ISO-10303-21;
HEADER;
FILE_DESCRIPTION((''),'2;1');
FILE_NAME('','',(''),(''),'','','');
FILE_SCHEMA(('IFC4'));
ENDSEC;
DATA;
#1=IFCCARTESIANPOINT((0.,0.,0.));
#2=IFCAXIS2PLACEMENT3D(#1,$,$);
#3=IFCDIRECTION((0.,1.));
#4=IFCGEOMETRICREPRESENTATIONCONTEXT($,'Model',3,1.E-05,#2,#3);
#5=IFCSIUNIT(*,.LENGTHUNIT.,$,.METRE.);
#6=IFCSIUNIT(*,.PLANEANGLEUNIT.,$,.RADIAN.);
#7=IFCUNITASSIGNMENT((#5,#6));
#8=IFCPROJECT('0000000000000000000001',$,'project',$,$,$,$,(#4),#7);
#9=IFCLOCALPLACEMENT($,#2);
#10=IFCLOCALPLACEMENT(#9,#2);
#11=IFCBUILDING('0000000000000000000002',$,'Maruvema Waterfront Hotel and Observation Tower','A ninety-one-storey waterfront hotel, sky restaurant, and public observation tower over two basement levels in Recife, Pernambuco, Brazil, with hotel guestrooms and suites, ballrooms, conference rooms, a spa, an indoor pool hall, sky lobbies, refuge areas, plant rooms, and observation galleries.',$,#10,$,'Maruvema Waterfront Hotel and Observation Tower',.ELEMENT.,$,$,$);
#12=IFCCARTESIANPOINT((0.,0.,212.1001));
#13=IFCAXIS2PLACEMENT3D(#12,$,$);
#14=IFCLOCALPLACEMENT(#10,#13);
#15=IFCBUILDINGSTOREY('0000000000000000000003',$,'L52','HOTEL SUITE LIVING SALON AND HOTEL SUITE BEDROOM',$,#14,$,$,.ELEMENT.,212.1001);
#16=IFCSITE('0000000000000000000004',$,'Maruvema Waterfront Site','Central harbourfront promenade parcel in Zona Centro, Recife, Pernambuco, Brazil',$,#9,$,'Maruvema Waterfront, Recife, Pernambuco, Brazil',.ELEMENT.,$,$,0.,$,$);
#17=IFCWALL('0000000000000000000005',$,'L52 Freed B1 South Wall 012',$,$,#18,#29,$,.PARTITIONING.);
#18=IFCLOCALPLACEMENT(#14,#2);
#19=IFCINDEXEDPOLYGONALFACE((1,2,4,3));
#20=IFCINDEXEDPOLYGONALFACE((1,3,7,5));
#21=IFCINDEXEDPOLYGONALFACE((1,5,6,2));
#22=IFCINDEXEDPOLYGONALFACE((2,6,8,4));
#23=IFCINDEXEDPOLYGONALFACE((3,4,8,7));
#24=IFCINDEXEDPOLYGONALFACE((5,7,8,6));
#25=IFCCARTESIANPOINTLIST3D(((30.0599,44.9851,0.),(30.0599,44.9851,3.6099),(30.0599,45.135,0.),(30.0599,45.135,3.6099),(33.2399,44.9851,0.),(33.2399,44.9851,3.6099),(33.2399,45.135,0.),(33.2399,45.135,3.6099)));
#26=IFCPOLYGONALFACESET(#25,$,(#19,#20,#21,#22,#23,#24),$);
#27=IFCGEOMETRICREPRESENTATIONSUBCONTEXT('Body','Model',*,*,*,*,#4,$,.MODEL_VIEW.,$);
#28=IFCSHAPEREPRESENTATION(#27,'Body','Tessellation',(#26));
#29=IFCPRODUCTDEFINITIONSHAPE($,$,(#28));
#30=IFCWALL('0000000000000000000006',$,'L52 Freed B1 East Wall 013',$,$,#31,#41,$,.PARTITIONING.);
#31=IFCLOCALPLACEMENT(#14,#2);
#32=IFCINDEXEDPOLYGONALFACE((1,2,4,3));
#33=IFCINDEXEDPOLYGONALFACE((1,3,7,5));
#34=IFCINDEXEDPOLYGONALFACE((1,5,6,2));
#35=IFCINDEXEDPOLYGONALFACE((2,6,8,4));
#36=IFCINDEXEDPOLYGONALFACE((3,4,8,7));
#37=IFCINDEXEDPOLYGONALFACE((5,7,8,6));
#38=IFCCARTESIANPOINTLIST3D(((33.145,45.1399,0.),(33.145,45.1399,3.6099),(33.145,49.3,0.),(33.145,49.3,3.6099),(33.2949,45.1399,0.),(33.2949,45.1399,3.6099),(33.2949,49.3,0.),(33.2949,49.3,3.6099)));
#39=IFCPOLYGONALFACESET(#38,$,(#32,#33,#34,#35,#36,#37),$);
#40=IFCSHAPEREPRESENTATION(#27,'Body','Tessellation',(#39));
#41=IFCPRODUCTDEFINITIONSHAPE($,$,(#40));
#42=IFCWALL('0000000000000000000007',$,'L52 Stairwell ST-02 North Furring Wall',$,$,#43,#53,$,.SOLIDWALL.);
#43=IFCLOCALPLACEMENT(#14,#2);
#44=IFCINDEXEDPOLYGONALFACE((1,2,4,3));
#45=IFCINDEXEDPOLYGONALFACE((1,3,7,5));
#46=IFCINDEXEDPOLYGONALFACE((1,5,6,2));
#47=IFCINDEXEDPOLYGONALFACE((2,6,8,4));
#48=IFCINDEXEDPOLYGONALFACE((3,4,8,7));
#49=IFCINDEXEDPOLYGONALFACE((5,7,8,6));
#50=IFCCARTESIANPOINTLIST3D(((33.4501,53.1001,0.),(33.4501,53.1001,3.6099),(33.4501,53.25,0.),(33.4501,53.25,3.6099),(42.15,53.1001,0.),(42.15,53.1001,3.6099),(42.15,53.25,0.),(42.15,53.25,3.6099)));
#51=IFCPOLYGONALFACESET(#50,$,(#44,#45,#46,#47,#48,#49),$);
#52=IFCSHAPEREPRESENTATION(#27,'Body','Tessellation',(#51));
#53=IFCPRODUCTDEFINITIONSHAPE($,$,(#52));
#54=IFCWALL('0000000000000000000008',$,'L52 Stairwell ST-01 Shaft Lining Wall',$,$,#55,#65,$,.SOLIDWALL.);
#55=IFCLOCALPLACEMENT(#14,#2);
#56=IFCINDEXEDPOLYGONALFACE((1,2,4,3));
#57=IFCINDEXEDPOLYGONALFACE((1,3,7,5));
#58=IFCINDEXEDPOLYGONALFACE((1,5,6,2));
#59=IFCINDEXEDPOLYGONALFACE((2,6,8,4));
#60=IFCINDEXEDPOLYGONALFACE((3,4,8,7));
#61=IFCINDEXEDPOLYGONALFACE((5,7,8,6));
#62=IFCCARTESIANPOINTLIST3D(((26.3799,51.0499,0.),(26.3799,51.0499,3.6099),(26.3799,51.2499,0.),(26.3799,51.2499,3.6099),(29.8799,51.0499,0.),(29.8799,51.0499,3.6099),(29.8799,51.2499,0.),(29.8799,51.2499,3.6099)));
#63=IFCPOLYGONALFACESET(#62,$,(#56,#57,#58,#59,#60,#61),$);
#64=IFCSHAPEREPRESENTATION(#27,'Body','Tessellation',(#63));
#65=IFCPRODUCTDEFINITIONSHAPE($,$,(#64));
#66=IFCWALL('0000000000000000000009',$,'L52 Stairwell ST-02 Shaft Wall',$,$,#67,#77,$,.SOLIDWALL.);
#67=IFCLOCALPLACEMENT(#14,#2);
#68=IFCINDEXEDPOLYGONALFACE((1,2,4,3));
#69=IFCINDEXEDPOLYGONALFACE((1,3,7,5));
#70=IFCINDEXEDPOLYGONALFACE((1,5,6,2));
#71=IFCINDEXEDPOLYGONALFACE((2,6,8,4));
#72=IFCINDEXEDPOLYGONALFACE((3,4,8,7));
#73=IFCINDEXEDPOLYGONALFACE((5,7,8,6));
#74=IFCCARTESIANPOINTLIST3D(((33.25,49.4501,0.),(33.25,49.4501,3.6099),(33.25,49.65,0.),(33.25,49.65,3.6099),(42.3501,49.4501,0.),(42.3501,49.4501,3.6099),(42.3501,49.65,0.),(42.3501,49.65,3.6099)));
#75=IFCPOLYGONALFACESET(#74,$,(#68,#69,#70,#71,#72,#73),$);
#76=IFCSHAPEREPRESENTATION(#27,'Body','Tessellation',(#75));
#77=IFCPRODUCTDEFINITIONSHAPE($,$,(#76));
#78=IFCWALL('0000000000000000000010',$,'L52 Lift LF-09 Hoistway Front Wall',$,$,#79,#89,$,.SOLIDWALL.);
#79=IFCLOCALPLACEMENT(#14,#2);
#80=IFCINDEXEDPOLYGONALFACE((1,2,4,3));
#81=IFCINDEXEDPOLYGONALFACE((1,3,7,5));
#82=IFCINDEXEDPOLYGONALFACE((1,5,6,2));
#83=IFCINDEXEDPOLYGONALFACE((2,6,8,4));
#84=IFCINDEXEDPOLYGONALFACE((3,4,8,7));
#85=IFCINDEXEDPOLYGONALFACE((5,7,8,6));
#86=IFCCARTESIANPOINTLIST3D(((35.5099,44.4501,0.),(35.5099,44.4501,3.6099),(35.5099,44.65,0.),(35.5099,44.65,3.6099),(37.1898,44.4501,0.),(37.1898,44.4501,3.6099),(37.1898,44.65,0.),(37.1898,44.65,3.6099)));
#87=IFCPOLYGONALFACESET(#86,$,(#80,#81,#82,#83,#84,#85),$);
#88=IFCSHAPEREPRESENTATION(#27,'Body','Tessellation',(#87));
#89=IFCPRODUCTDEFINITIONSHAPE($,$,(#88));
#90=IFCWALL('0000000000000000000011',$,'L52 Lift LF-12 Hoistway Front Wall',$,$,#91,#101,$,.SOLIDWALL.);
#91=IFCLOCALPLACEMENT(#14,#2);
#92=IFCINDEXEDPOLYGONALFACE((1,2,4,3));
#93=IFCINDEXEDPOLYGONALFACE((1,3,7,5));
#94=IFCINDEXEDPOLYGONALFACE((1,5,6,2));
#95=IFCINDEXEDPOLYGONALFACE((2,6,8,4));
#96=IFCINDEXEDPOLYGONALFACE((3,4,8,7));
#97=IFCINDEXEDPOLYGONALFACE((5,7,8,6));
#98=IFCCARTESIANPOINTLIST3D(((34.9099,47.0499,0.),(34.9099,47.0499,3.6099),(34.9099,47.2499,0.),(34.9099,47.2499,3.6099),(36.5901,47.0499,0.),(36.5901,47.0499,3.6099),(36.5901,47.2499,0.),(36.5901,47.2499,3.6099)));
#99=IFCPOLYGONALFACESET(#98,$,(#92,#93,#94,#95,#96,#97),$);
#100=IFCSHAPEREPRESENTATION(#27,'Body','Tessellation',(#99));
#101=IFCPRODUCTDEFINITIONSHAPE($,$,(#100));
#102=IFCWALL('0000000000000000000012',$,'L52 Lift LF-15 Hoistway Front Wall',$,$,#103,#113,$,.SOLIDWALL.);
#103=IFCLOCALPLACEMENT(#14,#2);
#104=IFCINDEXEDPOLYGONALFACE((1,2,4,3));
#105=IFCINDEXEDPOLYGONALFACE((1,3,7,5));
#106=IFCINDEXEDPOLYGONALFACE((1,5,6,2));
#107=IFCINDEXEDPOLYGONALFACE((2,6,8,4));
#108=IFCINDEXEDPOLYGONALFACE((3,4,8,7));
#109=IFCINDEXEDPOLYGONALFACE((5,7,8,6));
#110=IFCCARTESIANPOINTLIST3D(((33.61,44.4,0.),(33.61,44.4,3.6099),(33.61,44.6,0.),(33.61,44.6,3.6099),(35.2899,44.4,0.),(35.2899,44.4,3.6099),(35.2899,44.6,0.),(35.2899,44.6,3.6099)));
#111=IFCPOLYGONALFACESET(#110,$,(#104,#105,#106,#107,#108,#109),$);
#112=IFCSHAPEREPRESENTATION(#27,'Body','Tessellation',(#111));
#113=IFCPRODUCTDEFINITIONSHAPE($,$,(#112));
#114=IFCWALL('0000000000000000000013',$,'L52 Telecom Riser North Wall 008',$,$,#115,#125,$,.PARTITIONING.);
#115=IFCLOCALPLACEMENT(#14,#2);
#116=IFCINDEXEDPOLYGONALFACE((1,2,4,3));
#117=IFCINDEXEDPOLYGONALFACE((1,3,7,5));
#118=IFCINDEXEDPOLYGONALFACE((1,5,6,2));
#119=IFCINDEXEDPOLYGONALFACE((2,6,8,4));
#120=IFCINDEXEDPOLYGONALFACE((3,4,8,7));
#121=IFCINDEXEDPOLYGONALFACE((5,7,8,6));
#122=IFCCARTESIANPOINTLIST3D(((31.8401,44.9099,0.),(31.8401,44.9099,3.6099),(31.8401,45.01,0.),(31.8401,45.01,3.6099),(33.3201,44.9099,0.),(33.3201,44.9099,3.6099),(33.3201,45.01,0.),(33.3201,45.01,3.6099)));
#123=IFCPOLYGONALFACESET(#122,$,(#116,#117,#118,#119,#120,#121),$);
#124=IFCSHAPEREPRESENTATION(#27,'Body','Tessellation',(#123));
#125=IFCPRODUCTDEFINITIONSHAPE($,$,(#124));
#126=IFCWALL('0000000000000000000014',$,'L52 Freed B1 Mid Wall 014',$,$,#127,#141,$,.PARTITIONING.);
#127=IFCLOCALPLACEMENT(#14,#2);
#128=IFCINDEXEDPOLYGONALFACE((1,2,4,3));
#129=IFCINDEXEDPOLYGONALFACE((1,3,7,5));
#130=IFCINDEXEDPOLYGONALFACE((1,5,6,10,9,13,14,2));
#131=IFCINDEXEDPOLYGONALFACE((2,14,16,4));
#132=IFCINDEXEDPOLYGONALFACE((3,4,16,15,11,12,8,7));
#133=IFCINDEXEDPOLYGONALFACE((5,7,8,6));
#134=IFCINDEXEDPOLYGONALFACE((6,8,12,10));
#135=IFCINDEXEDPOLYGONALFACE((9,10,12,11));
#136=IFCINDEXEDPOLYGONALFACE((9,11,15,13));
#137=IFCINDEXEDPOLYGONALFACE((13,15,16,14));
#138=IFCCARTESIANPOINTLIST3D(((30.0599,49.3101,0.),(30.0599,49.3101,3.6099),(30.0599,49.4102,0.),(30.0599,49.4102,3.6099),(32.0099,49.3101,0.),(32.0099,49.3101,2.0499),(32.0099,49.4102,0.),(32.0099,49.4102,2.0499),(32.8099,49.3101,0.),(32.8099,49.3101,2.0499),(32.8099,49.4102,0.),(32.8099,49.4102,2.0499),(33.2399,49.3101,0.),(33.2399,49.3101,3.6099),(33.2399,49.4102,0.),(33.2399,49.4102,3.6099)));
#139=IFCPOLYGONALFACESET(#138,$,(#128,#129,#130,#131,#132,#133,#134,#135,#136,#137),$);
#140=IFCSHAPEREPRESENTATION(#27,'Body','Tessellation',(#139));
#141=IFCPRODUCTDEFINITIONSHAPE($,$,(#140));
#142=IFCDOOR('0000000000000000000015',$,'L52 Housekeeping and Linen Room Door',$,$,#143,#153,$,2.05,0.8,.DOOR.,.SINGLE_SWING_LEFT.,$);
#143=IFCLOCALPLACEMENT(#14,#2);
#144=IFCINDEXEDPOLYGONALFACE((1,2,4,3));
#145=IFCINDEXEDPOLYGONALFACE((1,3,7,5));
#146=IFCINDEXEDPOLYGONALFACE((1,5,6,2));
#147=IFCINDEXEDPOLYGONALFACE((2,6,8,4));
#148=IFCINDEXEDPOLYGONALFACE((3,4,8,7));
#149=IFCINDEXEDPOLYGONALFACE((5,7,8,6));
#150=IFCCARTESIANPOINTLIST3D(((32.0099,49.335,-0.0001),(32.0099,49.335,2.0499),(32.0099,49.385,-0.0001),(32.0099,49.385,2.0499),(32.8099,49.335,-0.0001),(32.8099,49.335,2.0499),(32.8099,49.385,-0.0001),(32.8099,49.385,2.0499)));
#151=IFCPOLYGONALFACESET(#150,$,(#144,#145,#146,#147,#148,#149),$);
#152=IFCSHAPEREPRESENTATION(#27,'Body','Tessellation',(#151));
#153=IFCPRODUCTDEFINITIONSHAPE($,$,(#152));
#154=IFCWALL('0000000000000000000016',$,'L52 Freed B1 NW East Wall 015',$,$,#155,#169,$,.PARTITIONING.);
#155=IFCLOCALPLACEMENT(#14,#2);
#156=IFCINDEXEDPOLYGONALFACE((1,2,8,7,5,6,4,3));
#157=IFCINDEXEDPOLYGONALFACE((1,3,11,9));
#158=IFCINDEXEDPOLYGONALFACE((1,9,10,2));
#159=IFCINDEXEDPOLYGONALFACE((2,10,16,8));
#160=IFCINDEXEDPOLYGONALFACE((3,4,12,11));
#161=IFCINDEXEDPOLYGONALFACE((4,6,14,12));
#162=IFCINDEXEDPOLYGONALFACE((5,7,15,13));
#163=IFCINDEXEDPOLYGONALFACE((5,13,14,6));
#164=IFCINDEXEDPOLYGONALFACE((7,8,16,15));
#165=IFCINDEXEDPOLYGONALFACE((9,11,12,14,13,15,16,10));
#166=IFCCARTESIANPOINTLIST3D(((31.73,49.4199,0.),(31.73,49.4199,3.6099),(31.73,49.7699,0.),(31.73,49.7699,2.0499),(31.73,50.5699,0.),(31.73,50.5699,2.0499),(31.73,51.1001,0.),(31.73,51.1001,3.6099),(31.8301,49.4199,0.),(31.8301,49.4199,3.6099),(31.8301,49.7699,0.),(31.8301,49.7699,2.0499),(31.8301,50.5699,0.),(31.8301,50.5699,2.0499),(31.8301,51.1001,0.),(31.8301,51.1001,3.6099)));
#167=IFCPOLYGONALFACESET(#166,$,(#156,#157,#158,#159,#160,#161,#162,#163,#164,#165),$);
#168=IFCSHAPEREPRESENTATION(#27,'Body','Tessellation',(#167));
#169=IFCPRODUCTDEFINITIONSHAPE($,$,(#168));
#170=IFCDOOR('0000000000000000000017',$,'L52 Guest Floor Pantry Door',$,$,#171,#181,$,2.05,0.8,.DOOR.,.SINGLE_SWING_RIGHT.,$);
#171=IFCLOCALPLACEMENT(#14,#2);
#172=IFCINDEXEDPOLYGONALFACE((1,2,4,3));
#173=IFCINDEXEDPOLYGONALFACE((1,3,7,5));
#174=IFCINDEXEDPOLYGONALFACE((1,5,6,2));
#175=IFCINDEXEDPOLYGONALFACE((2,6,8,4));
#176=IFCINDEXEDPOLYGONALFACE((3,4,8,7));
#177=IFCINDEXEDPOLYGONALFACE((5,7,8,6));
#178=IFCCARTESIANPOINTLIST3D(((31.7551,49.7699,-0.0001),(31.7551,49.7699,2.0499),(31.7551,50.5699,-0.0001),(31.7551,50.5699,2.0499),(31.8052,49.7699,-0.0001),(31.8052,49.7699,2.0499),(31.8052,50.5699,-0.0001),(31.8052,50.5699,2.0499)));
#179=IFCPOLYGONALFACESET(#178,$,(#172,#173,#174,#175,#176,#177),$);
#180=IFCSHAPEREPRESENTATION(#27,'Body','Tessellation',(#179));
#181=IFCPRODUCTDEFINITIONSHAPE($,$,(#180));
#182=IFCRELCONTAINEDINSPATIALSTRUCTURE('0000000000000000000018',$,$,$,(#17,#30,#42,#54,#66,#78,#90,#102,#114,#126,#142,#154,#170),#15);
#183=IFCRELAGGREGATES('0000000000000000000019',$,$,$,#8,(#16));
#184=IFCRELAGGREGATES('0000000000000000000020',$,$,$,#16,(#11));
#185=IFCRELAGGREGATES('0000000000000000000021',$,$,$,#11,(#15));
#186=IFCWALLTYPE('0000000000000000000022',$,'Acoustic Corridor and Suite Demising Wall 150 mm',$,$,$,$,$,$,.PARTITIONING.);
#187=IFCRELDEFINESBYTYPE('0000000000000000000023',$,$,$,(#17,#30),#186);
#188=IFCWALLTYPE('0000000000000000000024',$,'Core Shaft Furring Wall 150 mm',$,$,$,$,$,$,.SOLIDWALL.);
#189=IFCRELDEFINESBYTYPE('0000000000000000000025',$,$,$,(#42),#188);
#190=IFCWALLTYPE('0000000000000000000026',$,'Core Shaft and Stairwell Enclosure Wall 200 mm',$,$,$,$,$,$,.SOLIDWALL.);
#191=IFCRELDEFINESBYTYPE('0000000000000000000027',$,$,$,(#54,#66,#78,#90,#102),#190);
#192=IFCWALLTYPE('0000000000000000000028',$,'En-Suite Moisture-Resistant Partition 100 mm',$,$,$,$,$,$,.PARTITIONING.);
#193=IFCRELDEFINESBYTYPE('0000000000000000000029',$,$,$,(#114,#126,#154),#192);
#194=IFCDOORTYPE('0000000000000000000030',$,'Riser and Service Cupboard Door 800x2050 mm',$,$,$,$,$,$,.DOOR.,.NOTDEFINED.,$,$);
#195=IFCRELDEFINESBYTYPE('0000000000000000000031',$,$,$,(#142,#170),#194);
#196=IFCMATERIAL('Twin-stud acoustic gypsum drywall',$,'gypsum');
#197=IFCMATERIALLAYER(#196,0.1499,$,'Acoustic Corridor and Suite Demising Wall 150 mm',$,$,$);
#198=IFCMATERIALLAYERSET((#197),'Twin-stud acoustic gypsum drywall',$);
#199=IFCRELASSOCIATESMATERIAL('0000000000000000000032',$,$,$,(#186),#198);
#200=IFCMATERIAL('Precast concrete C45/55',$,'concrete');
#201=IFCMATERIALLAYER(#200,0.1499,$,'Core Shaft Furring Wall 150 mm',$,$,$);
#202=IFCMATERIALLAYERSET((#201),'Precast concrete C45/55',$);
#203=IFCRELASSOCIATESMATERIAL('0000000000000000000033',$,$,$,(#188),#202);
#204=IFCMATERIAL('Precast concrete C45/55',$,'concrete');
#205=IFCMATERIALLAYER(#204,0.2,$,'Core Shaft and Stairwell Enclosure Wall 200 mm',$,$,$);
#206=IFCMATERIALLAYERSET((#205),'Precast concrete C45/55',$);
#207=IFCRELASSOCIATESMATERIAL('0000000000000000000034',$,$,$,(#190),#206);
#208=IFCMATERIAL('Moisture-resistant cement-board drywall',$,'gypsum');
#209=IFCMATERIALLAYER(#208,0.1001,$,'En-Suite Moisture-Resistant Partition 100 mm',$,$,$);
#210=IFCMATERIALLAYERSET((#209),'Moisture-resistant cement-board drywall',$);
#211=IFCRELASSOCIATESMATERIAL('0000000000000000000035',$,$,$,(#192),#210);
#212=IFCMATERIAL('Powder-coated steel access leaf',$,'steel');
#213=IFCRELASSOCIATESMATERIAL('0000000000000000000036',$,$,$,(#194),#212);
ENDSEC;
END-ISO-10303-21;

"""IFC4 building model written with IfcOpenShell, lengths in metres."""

from ifc_helpers import new_model, si_unit, direction, frame, frame_2d, origin, place, context, subcontext, project, spatial, rectangle, extrude, material, layer, layer_set, type_object, element, fill, save


model = new_model("IFC4")

# Units and contexts
model_context = context("Model", 3, precision=1e-05, world=origin(), true_north=direction((0.0, 1.0)))
body_context = subcontext(model_context, "Body", "Model", "MODEL_VIEW")
ifc_project = project(units=[si_unit("LENGTHUNIT", "METRE"), si_unit("PLANEANGLEUNIT", "RADIAN")], contexts=[model_context])

# Site, building, storey
site_placement = place(None, origin())
site = spatial("IfcSite", under=ifc_project, at=site_placement, Name="Maruvema Waterfront Site", Description="Central harbourfront promenade parcel in Zona Centro, Recife, Pernambuco, Brazil", LongName="Maruvema Waterfront, Recife, Pernambuco, Brazil", CompositionType="ELEMENT", RefElevation=0.0)
building_placement = place(site_placement, origin())
building = spatial("IfcBuilding", under=site, at=building_placement, Name="Maruvema Waterfront Hotel and Observation Tower", Description="A ninety-one-storey waterfront hotel, sky restaurant, and public observation tower over two basement levels in Recife, Pernambuco, Brazil, with hotel guestrooms and suites, ballrooms, conference rooms, a spa, an indoor pool hall, sky lobbies, refuge areas, plant rooms, and observation galleries.", LongName="Maruvema Waterfront Hotel and Observation Tower", CompositionType="ELEMENT")
storey_placement = place(building_placement, frame((0.0, 0.0, 212.1001)))
storey = spatial("IfcBuildingStorey", under=building, at=storey_placement, Name="L52", Description="HOTEL SUITE LIVING SALON AND HOTEL SUITE BEDROOM", CompositionType="ELEMENT", Elevation=212.1001)

# Walls
ifc_material_1 = material(Name="Twin-stud acoustic gypsum drywall", Category="gypsum")
ifc_layer_1 = layer(ifc_material_1, 0.1499, Name="Acoustic Corridor and Suite Demising Wall 150 mm")
ifc_layer_set_1 = layer_set([ifc_layer_1], Name="Twin-stud acoustic gypsum drywall")
wall_type_1 = type_object("IfcWallType", Name="Acoustic Corridor and Suite Demising Wall 150 mm", PredefinedType="PARTITIONING", material=ifc_layer_set_1)
wall_1_placement = place(storey_placement, frame((30.0601, 45.0601, 0.0), z_axis=(0.0, 0.0, 1.0), x_axis=(1.0, 0.0, 0.0)))
element("IfcWall", 1, at=wall_1_placement, inside=storey, type_object=wall_type_1, Name="L52 Freed B1 South Wall 012", PredefinedType="PARTITIONING", context=body_context, shape_type="SweptSolid", body=[
    extrude(rectangle(XDim=3.1799, YDim=0.1499, at=frame_2d((1.5898, 0.0))), origin(), (0.0, 0.0, 1.0), 3.6099),
])
wall_2_placement = place(storey_placement, frame((33.22, 45.1399, 0.0), z_axis=(0.0, 0.0, 1.0), x_axis=(0.0, 1.0, 0.0)))
element("IfcWall", 2, at=wall_2_placement, inside=storey, type_object=wall_type_1, Name="L52 Freed B1 East Wall 013", PredefinedType="PARTITIONING", context=body_context, shape_type="SweptSolid", body=[
    extrude(rectangle(XDim=4.1602, YDim=0.1499, at=frame_2d((2.0801, 0.0))), origin(), (0.0, 0.0, 1.0), 3.6099),
])
ifc_material_2 = material(Name="Precast concrete C45/55", Category="concrete")
ifc_layer_2 = layer(ifc_material_2, 0.1499, Name="Core Shaft Furring Wall 150 mm")
ifc_layer_set_2 = layer_set([ifc_layer_2], Name="Precast concrete C45/55")
wall_type_2 = type_object("IfcWallType", Name="Core Shaft Furring Wall 150 mm", PredefinedType="SOLIDWALL", material=ifc_layer_set_2)
wall_3_placement = place(storey_placement, frame((33.45, 53.175, 0.0), z_axis=(0.0, 0.0, 1.0), x_axis=(1.0, 0.0, 0.0)))
element("IfcWall", 3, at=wall_3_placement, inside=storey, type_object=wall_type_2, Name="L52 Stairwell ST-02 North Furring Wall", PredefinedType="SOLIDWALL", context=body_context, shape_type="SweptSolid", body=[
    extrude(rectangle(XDim=8.7, YDim=0.1499, at=frame_2d((4.3501, 0.0))), origin(), (0.0, 0.0, 1.0), 3.6099),
])
ifc_material_3 = material(Name="Precast concrete C45/55", Category="concrete")
ifc_layer_3 = layer(ifc_material_3, 0.2, Name="Core Shaft and Stairwell Enclosure Wall 200 mm")
ifc_layer_set_3 = layer_set([ifc_layer_3], Name="Precast concrete C45/55")
wall_type_3 = type_object("IfcWallType", Name="Core Shaft and Stairwell Enclosure Wall 200 mm", PredefinedType="SOLIDWALL", material=ifc_layer_set_3)
wall_4_placement = place(storey_placement, frame((26.3799, 51.1499, 0.0), z_axis=(0.0, 0.0, 1.0), x_axis=(1.0, 0.0, 0.0)))
element("IfcWall", 4, at=wall_4_placement, inside=storey, type_object=wall_type_3, Name="L52 Stairwell ST-01 Shaft Lining Wall", PredefinedType="SOLIDWALL", context=body_context, shape_type="SweptSolid", body=[
    extrude(rectangle(XDim=3.5, YDim=0.2, at=frame_2d((1.75, 0.0))), origin(), (0.0, 0.0, 1.0), 3.6099),
])
wall_5_placement = place(storey_placement, frame((33.25, 49.55, 0.0), z_axis=(0.0, 0.0, 1.0), x_axis=(1.0, 0.0, 0.0)))
element("IfcWall", 5, at=wall_5_placement, inside=storey, type_object=wall_type_3, Name="L52 Stairwell ST-02 Shaft Wall", PredefinedType="SOLIDWALL", context=body_context, shape_type="SweptSolid", body=[
    extrude(rectangle(XDim=9.1001, YDim=0.2, at=frame_2d((4.55, 0.0))), origin(), (0.0, 0.0, 1.0), 3.6099),
])

# Walls
wall_6_placement = place(storey_placement, frame((35.51, 44.55, 0.0), z_axis=(0.0, 0.0, 1.0), x_axis=(1.0, 0.0, 0.0)))
element("IfcWall", 6, at=wall_6_placement, inside=storey, type_object=wall_type_3, Name="L52 Lift LF-09 Hoistway Front Wall", PredefinedType="SOLIDWALL", context=body_context, shape_type="SweptSolid", body=[
    extrude(rectangle(XDim=1.6799, YDim=0.2, at=frame_2d((0.8398, 0.0))), origin(), (0.0, 0.0, 1.0), 3.6099),
])
wall_7_placement = place(storey_placement, frame((34.9099, 47.1499, 0.0), z_axis=(0.0, 0.0, 1.0), x_axis=(1.0, 0.0, 0.0)))
element("IfcWall", 7, at=wall_7_placement, inside=storey, type_object=wall_type_3, Name="L52 Lift LF-12 Hoistway Front Wall", PredefinedType="SOLIDWALL", context=body_context, shape_type="SweptSolid", body=[
    extrude(rectangle(XDim=1.6802, YDim=0.2, at=frame_2d((0.8401, 0.0))), origin(), (0.0, 0.0, 1.0), 3.6099),
])
wall_8_placement = place(storey_placement, frame((33.6101, 44.5, 0.0), z_axis=(0.0, 0.0, 1.0), x_axis=(1.0, 0.0, 0.0)))
element("IfcWall", 8, at=wall_8_placement, inside=storey, type_object=wall_type_3, Name="L52 Lift LF-15 Hoistway Front Wall", PredefinedType="SOLIDWALL", context=body_context, shape_type="SweptSolid", body=[
    extrude(rectangle(XDim=1.6799, YDim=0.2, at=frame_2d((0.8398, 0.0))), origin(), (0.0, 0.0, 1.0), 3.6099),
])
ifc_material_4 = material(Name="Moisture-resistant cement-board drywall", Category="gypsum")
ifc_layer_4 = layer(ifc_material_4, 0.1001, Name="En-Suite Moisture-Resistant Partition 100 mm")
ifc_layer_set_4 = layer_set([ifc_layer_4], Name="Moisture-resistant cement-board drywall")
wall_type_4 = type_object("IfcWallType", Name="En-Suite Moisture-Resistant Partition 100 mm", PredefinedType="PARTITIONING", material=ifc_layer_set_4)
wall_9_placement = place(storey_placement, frame((31.8401, 44.96, 0.0), z_axis=(0.0, 0.0, 1.0), x_axis=(1.0, 0.0, 0.0)))
element("IfcWall", 9, at=wall_9_placement, inside=storey, type_object=wall_type_4, Name="L52 Telecom Riser North Wall 008", PredefinedType="PARTITIONING", context=body_context, shape_type="SweptSolid", body=[
    extrude(rectangle(XDim=1.48, YDim=0.1001, at=frame_2d((0.74, 0.0))), origin(), (0.0, 0.0, 1.0), 3.6099),
])

# Walls, openings, doors
wall_10_placement = place(storey_placement, frame((30.0601, 49.3601, 0.0), z_axis=(0.0, 0.0, 1.0), x_axis=(1.0, 0.0, 0.0)))
wall_10 = element("IfcWall", 10, at=wall_10_placement, inside=storey, type_object=wall_type_4, Name="L52 Freed B1 Mid Wall 014", PredefinedType="PARTITIONING", context=body_context, shape_type="SweptSolid", body=[
    extrude(rectangle(XDim=3.1799, YDim=0.1001, at=frame_2d((1.5898, 0.0))), origin(), (0.0, 0.0, 1.0), 3.6099),
])
opening_1_placement = place(wall_10_placement, frame((1.95, 0.0, 0.0)))
opening_1 = element("IfcOpeningElement", 11, at=opening_1_placement, cuts=wall_10, PredefinedType="OPENING", context=body_context, shape_type="SweptSolid", body=[
    extrude(rectangle(XDim=0.8, YDim=2.05, at=frame_2d((0.3999, 1.0249))), frame((0.0, 0.0601, 0.0), z_axis=(0.0, -1.0, 0.0), x_axis=(1.0, 0.0, 0.0)), (0.0, 0.0, 1.0), 0.1201),
])
ifc_material_5 = material(Name="Powder-coated steel access leaf", Category="steel")
door_type_1 = type_object("IfcDoorType", Name="Riser and Service Cupboard Door 800x2050 mm", OperationType="NOTDEFINED", PredefinedType="DOOR", material=ifc_material_5)
door_1_placement = place(opening_1_placement, origin())
door_1 = element("IfcDoor", 12, at=door_1_placement, inside=storey, type_object=door_type_1, Name="L52 Housekeeping and Linen Room Door", OperationType="SINGLE_SWING_LEFT", OverallHeight=2.05, OverallWidth=0.8, PredefinedType="DOOR", context=body_context, shape_type="SweptSolid", body=[
    extrude(rectangle(XDim=0.8, YDim=2.05, at=frame_2d((0.3999, 1.0249))), frame((0.0, 0.0249, 0.0), z_axis=(0.0, -1.0, 0.0), x_axis=(1.0, 0.0, 0.0)), (0.0, 0.0, 1.0), 0.05),
])
fill(opening_1, door_1)
wall_11_placement = place(storey_placement, frame((31.78, 49.4199, 0.0), z_axis=(0.0, 0.0, 1.0), x_axis=(0.0, 1.0, 0.0)))
wall_11 = element("IfcWall", 13, at=wall_11_placement, inside=storey, type_object=wall_type_4, Name="L52 Freed B1 NW East Wall 015", PredefinedType="PARTITIONING", context=body_context, shape_type="SweptSolid", body=[
    extrude(rectangle(XDim=1.6802, YDim=0.1001, at=frame_2d((0.8401, 0.0))), origin(), (0.0, 0.0, 1.0), 3.6099),
])
opening_2_placement = place(wall_11_placement, frame((0.3501, 0.0, 0.0)))
opening_2 = element("IfcOpeningElement", 14, at=opening_2_placement, cuts=wall_11, PredefinedType="OPENING", context=body_context, shape_type="SweptSolid", body=[
    extrude(rectangle(XDim=0.8, YDim=2.05, at=frame_2d((0.3999, 1.0249))), frame((0.0, 0.0601, 0.0), z_axis=(0.0, -1.0, 0.0), x_axis=(1.0, 0.0, 0.0)), (0.0, 0.0, 1.0), 0.1201),
])
door_2_placement = place(opening_2_placement, origin())
door_2 = element("IfcDoor", 15, at=door_2_placement, inside=storey, type_object=door_type_1, Name="L52 Guest Floor Pantry Door", OperationType="SINGLE_SWING_RIGHT", OverallHeight=2.05, OverallWidth=0.8, PredefinedType="DOOR", context=body_context, shape_type="SweptSolid", body=[
    extrude(rectangle(XDim=0.8, YDim=2.05, at=frame_2d((0.3999, 1.0249))), frame((0.0, 0.0249, 0.0), z_axis=(0.0, -1.0, 0.0), x_axis=(1.0, 0.0, 0.0)), (0.0, 0.0, 1.0), 0.05),
])
fill(opening_2, door_2)

save(model, "model.ifc")
